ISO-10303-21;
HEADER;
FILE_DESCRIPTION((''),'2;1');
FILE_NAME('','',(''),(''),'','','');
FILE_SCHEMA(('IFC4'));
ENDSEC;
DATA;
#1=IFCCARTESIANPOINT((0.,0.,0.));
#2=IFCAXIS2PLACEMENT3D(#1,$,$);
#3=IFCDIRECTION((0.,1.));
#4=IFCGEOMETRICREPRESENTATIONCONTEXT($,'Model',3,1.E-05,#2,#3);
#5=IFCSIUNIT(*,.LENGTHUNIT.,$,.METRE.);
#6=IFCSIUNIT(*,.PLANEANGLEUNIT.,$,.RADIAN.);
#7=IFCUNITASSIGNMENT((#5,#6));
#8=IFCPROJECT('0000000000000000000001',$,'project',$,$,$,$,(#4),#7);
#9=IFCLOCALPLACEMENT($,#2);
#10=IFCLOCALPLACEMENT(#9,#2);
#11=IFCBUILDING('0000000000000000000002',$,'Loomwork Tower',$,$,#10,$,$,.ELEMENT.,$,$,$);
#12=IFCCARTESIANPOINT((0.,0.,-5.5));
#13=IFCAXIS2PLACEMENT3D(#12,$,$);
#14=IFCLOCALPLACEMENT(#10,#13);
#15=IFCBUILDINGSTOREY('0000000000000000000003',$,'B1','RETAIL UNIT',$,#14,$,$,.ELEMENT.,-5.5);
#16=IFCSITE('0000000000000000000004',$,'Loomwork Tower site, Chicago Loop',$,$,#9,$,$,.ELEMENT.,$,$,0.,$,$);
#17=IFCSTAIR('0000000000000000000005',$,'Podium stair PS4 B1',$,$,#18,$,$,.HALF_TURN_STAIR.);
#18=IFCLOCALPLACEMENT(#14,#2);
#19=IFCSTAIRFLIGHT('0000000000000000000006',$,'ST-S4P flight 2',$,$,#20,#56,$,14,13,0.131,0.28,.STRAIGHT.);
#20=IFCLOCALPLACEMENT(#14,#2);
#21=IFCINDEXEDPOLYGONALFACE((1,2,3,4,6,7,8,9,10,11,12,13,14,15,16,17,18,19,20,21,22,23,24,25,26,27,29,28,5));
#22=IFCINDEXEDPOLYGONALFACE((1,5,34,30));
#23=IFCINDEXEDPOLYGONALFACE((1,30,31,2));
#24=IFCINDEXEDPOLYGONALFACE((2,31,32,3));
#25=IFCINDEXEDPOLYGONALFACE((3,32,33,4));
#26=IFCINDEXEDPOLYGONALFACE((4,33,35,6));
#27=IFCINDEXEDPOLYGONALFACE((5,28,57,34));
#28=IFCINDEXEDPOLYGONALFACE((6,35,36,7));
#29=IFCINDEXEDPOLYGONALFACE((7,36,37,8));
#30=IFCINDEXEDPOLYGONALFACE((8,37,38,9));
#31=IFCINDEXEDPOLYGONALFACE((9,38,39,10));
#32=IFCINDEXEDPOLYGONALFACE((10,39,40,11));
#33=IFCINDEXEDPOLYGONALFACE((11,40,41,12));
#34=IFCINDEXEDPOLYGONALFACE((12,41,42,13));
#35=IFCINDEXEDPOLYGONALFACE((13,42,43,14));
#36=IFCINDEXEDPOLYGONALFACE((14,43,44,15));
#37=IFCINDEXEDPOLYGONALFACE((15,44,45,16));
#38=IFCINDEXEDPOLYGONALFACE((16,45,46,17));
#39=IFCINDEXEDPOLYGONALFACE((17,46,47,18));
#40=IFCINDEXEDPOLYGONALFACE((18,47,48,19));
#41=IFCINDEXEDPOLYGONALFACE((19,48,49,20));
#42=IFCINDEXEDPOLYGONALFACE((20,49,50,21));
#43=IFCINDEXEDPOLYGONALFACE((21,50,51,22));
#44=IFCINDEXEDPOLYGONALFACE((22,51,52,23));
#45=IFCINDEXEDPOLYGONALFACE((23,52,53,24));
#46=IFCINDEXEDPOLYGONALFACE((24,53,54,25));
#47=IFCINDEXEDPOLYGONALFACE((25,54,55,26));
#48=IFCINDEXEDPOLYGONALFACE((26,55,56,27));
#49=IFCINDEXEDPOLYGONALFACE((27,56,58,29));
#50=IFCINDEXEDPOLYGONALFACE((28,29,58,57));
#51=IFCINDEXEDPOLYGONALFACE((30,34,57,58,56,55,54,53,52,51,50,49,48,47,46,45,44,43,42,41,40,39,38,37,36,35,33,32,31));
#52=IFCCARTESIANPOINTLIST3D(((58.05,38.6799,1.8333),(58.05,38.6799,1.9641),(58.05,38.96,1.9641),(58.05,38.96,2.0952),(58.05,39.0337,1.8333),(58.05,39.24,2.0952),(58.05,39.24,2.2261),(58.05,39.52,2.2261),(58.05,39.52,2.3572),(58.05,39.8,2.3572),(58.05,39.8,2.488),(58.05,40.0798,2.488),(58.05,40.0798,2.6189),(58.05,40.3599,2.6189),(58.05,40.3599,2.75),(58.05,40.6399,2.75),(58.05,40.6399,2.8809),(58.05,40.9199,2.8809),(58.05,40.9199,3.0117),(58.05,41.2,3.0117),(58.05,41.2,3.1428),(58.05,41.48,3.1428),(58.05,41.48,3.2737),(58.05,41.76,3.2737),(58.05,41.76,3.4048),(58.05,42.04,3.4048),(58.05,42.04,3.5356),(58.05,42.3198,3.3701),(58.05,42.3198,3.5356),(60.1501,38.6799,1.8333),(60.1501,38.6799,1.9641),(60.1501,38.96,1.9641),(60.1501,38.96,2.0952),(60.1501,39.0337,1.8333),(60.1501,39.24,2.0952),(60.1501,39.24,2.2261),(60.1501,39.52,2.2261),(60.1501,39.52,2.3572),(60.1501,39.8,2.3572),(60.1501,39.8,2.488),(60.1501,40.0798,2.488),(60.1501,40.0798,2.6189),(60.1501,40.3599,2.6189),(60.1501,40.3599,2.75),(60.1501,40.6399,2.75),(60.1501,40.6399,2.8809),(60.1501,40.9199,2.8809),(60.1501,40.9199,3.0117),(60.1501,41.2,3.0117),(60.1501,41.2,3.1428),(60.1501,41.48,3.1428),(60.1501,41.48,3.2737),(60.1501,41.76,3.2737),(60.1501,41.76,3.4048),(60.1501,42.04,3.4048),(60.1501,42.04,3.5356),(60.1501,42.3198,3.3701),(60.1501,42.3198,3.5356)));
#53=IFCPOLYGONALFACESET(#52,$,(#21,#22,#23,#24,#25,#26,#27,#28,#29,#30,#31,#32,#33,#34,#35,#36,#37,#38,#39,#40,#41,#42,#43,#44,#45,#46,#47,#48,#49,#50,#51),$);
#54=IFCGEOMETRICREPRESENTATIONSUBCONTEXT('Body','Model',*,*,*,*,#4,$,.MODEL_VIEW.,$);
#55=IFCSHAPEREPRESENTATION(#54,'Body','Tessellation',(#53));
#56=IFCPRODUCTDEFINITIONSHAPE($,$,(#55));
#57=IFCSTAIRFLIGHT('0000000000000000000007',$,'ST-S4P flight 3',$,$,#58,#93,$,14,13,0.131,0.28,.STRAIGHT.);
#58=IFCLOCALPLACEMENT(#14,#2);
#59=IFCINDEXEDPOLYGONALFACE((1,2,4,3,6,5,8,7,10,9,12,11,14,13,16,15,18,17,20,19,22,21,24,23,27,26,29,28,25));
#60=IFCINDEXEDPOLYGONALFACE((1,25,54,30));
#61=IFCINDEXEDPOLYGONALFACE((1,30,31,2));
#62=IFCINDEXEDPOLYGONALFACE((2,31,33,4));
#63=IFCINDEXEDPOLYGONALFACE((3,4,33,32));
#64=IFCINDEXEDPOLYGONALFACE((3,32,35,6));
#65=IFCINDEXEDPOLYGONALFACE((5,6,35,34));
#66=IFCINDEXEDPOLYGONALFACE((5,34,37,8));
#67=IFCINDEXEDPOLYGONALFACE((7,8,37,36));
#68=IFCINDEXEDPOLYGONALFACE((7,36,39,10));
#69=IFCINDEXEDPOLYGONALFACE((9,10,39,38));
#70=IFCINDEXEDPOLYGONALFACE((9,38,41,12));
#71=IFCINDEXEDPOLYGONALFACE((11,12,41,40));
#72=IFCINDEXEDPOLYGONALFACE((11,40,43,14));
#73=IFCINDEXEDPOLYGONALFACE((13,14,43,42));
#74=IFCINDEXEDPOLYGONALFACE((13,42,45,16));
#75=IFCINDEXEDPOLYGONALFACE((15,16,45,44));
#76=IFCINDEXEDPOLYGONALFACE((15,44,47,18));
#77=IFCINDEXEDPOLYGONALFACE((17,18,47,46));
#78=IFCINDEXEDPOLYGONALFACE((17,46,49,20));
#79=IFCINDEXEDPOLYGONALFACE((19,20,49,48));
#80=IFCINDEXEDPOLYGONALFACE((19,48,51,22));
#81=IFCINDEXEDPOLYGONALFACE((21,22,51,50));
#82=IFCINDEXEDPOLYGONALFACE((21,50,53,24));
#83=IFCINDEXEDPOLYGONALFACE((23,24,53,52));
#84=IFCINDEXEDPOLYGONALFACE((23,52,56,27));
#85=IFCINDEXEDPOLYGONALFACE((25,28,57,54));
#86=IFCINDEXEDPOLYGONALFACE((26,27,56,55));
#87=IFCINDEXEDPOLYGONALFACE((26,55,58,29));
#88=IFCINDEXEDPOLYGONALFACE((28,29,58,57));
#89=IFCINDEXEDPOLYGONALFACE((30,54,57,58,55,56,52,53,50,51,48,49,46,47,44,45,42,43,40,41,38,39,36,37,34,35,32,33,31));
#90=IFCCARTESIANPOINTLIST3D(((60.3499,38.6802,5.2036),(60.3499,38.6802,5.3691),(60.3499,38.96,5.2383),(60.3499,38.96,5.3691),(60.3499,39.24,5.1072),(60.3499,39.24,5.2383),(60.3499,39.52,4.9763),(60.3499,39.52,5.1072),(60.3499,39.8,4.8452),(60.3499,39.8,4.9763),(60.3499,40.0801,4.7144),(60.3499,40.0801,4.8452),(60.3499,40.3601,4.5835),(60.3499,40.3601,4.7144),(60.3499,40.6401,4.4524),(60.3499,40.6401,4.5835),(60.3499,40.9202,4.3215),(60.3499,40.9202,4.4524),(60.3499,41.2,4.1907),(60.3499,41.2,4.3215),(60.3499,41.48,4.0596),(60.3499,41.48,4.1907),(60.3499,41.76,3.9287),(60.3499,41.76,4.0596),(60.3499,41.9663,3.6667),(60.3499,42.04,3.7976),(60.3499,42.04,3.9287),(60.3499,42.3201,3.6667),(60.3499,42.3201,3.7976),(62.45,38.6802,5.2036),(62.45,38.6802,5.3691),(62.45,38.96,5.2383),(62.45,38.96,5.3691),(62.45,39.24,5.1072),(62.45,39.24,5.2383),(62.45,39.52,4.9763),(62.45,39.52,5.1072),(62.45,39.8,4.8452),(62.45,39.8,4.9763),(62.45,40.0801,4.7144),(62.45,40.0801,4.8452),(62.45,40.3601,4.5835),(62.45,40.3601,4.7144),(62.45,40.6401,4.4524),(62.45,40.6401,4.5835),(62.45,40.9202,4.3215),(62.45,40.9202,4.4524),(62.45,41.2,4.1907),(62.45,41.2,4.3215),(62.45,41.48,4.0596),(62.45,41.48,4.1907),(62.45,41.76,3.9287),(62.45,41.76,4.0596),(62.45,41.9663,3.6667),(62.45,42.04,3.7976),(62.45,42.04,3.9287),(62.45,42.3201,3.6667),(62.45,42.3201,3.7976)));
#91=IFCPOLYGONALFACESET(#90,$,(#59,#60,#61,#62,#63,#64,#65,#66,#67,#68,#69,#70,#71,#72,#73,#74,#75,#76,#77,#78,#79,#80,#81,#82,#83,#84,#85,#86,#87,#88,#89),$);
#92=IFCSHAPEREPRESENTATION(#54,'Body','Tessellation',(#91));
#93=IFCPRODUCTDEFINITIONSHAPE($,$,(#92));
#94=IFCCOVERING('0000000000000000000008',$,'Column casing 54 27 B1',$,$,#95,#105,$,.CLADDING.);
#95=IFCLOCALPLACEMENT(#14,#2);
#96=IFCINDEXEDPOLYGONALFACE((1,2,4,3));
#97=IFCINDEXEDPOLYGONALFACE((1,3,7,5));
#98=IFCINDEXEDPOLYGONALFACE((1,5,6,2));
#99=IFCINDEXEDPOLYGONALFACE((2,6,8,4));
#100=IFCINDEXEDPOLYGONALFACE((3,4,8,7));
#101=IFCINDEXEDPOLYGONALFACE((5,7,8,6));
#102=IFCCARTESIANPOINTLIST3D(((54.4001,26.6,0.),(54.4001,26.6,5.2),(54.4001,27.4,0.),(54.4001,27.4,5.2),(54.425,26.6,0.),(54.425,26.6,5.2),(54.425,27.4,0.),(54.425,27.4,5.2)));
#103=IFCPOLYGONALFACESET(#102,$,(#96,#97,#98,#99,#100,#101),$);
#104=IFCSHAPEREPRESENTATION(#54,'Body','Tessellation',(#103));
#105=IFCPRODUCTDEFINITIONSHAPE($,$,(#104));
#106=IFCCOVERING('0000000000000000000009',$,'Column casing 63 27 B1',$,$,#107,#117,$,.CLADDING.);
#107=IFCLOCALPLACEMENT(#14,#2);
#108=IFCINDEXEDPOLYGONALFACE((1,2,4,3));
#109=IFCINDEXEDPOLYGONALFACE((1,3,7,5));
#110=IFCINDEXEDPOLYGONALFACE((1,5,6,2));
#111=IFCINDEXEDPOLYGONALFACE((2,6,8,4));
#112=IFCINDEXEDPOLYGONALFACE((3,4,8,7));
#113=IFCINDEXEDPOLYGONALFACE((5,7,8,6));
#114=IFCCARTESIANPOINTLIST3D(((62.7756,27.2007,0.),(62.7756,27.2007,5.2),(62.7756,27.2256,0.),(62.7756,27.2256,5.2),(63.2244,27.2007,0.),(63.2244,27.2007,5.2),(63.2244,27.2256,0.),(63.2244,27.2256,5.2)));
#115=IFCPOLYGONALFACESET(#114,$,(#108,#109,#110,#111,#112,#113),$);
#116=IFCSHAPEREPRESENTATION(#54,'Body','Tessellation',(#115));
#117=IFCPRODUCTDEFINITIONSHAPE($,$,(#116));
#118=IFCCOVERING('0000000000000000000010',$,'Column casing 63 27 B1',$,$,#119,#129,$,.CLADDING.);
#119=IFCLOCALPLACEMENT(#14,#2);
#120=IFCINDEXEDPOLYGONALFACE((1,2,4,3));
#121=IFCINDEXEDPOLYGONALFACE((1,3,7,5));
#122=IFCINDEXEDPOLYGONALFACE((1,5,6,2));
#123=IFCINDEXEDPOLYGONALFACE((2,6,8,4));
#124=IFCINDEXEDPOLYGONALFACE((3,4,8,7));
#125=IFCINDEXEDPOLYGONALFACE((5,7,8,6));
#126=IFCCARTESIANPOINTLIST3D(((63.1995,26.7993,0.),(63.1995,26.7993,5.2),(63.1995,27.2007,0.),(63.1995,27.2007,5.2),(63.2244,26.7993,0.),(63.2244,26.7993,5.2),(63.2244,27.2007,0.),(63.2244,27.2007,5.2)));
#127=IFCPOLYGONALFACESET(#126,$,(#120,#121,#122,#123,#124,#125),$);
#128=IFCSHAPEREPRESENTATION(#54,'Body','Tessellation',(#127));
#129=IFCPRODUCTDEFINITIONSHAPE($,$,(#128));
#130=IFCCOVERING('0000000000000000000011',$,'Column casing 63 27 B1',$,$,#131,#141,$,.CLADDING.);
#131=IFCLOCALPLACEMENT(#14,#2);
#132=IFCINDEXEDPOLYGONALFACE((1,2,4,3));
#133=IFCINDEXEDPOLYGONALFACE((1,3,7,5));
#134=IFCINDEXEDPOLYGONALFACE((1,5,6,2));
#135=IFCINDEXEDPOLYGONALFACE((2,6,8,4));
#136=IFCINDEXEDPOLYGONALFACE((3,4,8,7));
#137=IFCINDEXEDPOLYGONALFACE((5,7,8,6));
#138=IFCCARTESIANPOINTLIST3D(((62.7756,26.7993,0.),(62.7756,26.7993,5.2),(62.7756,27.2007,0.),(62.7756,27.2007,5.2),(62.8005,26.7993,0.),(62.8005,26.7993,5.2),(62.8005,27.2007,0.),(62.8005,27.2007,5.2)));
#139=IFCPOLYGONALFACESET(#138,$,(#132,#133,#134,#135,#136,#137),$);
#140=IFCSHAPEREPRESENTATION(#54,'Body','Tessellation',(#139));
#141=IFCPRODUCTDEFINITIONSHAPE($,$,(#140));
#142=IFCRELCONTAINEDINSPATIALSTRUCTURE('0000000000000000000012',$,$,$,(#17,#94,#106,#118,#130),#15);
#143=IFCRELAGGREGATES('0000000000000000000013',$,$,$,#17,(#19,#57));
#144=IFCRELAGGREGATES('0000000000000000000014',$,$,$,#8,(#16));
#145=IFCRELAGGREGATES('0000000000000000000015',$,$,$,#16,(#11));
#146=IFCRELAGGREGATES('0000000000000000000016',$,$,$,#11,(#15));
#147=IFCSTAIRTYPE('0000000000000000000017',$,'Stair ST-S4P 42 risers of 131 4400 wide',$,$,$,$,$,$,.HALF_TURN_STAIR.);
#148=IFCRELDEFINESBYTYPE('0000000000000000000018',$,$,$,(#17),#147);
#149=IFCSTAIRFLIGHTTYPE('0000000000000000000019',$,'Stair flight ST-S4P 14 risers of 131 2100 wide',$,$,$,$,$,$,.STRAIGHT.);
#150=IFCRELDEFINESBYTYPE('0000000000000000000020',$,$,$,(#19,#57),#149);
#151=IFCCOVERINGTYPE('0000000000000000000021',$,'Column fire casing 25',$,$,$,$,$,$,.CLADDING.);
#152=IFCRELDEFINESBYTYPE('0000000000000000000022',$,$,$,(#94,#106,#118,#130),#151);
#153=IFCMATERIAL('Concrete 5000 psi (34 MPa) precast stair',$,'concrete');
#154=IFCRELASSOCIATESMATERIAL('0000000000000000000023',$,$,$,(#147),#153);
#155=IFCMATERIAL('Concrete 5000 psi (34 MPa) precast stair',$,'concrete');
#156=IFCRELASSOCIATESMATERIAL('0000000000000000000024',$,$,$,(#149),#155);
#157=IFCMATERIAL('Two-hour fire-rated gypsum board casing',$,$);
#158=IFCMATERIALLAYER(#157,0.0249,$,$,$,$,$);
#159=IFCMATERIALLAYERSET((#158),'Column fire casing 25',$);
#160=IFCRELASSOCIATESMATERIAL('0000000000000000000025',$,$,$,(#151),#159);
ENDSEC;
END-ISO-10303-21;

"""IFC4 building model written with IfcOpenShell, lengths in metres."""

from ifc_helpers import new_model, si_unit, direction, frame, origin, origin_2d, place, context, subcontext, project, spatial, polyline, rectangle, outline, extrude, material, layer, layer_set, type_object, element, aggregate, save


model = new_model("IFC4")

# Units and contexts
model_context = context("Model", 3, precision=1e-05, world=origin(), true_north=direction((0.0, 1.0)))
body_context = subcontext(model_context, "Body", "Model", "MODEL_VIEW")
ifc_project = project(units=[si_unit("LENGTHUNIT", "METRE"), si_unit("PLANEANGLEUNIT", "RADIAN")], contexts=[model_context])

# Site, building, storey
site_placement = place(None, origin())
site = spatial("IfcSite", under=ifc_project, at=site_placement, Name="Loomwork Tower site, Chicago Loop", CompositionType="ELEMENT", RefElevation=0.0)
building_placement = place(site_placement, origin())
building = spatial("IfcBuilding", under=site, at=building_placement, Name="Loomwork Tower", CompositionType="ELEMENT")
storey_placement = place(building_placement, frame((0.0, 0.0, -5.5)))
storey = spatial("IfcBuildingStorey", under=building, at=storey_placement, Name="B1", Description="RETAIL UNIT", CompositionType="ELEMENT", Elevation=-5.5)

# Stair, stair flights
ifc_material_1 = material(Name="Concrete 5000 psi (34 MPa) precast stair", Category="concrete")
stair_type = type_object("IfcStairType", Name="Stair ST-S4P 42 risers of 131 4400 wide", PredefinedType="HALF_TURN_STAIR", material=ifc_material_1)
stair_placement = place(storey_placement, origin())
stair = element("IfcStair", 1, at=stair_placement, inside=storey, type_object=stair_type, Name="Podium stair PS4 B1", PredefinedType="HALF_TURN_STAIR")
ifc_material_2 = material(Name="Concrete 5000 psi (34 MPa) precast stair", Category="concrete")
stair_flight_type = type_object("IfcStairFlightType", Name="Stair flight ST-S4P 14 risers of 131 2100 wide", PredefinedType="STRAIGHT", material=ifc_material_2)
stair_flight_1_placement = place(storey_placement, frame((59.1001, 38.6799, 1.8333), z_axis=(0.0, 0.0, 1.0), x_axis=(0.0, 1.0, 0.0)))
stair_flight_1 = element("IfcStairFlight", 2, at=stair_flight_1_placement, type_object=stair_flight_type, Name="ST-S4P flight 2", NumberOfRisers=14, NumberOfTreads=13, PredefinedType="STRAIGHT", RiserHeight=0.131, TreadLength=0.28, context=body_context, shape_type="SweptSolid", body=[
    extrude(outline(polyline([(0.0, 0.0), (0.0, 0.1309), (0.28, 0.1309), (0.28, 0.262), (0.5601, 0.262), (0.5601, 0.3928), (0.8401, 0.3928), (0.8401, 0.5239), (1.1201, 0.5239), (1.1201, 0.6548), (1.3999, 0.6548), (1.3999, 0.7856), (1.6799, 0.7856), (1.6799, 0.9167), (1.96, 0.9167), (1.96, 1.0476), (2.24, 1.0476), (2.24, 1.1785), (2.52, 1.1785), (2.52, 1.3096), (2.8, 1.3096), (2.8, 1.4404), (3.0801, 1.4404), (3.0801, 1.5715), (3.3601, 1.5715), (3.3601, 1.7024), (3.6399, 1.7024), (3.6399, 1.8333), (3.6399, 1.5369), (0.3538, 0.0), (0.0, 0.0)])), frame((0.0, 1.05, 0.0), z_axis=(0.0, -1.0, 0.0), x_axis=(1.0, 0.0, 0.0)), (0.0, 0.0, 1.0), 2.1001),
])
stair_flight_2_placement = place(storey_placement, frame((61.3999, 42.3201, 3.6667), z_axis=(0.0, 0.0, 1.0), x_axis=(0.0, -1.0, 0.0)))
stair_flight_2 = element("IfcStairFlight", 3, at=stair_flight_2_placement, type_object=stair_flight_type, Name="ST-S4P flight 3", NumberOfRisers=14, NumberOfTreads=13, PredefinedType="STRAIGHT", RiserHeight=0.131, TreadLength=0.28, context=body_context, shape_type="SweptSolid", body=[
    extrude(outline(polyline([(0.0, 0.0), (0.0, 0.1309), (0.28, 0.1309), (0.28, 0.262), (0.5601, 0.262), (0.5601, 0.3928), (0.8401, 0.3928), (0.8401, 0.5239), (1.1201, 0.5239), (1.1201, 0.6548), (1.3999, 0.6548), (1.3999, 0.7856), (1.6799, 0.7856), (1.6799, 0.9167), (1.96, 0.9167), (1.96, 1.0476), (2.24, 1.0476), (2.24, 1.1785), (2.52, 1.1785), (2.52, 1.3096), (2.8, 1.3096), (2.8, 1.4404), (3.0801, 1.4404), (3.0801, 1.5715), (3.3601, 1.5715), (3.3601, 1.7024), (3.6399, 1.7024), (3.6399, 1.8333), (3.6399, 1.5369), (0.3538, 0.0), (0.0, 0.0)])), frame((0.0, 1.05, 0.0), z_axis=(0.0, -1.0, 0.0), x_axis=(1.0, 0.0, 0.0)), (0.0, 0.0, 1.0), 2.1001),
])
aggregate(stair, [stair_flight_1, stair_flight_2])

# Coverings
ifc_material_3 = material(Name="Two-hour fire-rated gypsum board casing")
ifc_layer_1 = layer(ifc_material_3, 0.0249)
ifc_layer_set_1 = layer_set([ifc_layer_1], Name="Column fire casing 25")
covering_type = type_object("IfcCoveringType", Name="Column fire casing 25", PredefinedType="CLADDING", material=ifc_layer_set_1)
covering_1_placement = place(storey_placement, frame((54.4126, 27.0, 0.0), z_axis=(0.0, 0.0, 1.0), x_axis=(1.0, 0.0, 0.0)))
element("IfcCovering", 4, at=covering_1_placement, inside=storey, type_object=covering_type, Name="Column casing 54 27 B1", PredefinedType="CLADDING", context=body_context, shape_type="SweptSolid", body=[
    extrude(rectangle(XDim=0.0249, YDim=0.8, at=origin_2d()), origin(), (0.0, 0.0, 1.0), 5.2),
])
covering_2_placement = place(storey_placement, frame((63.0, 27.2131, 0.0), z_axis=(0.0, 0.0, 1.0), x_axis=(1.0, 0.0, 0.0)))
element("IfcCovering", 5, at=covering_2_placement, inside=storey, type_object=covering_type, Name="Column casing 63 27 B1", PredefinedType="CLADDING", context=body_context, shape_type="SweptSolid", body=[
    extrude(rectangle(XDim=0.4487, YDim=0.0249, at=origin_2d()), origin(), (0.0, 0.0, 1.0), 5.2),
])
for number, where, z_axis, x_axis, name in (
    (6, (63.2119, 27.0, 0.0), (0.0, 0.0, 1.0), (1.0, 0.0, 0.0), "Column casing 63 27 B1"),
    (7, (62.7881, 27.0, 0.0), (0.0, 0.0, 1.0), (1.0, 0.0, 0.0), "Column casing 63 27 B1"),
):
    element("IfcCovering", number, at=place(storey_placement, frame(where, z_axis=z_axis, x_axis=x_axis)), inside=storey, type_object=covering_type, Name=name, PredefinedType="CLADDING", context=body_context, shape_type="SweptSolid", body=[
        extrude(rectangle(XDim=0.0249, YDim=0.4014, at=origin_2d()), origin(), (0.0, 0.0, 1.0), 5.2),
    ])

save(model, "model.ifc")
